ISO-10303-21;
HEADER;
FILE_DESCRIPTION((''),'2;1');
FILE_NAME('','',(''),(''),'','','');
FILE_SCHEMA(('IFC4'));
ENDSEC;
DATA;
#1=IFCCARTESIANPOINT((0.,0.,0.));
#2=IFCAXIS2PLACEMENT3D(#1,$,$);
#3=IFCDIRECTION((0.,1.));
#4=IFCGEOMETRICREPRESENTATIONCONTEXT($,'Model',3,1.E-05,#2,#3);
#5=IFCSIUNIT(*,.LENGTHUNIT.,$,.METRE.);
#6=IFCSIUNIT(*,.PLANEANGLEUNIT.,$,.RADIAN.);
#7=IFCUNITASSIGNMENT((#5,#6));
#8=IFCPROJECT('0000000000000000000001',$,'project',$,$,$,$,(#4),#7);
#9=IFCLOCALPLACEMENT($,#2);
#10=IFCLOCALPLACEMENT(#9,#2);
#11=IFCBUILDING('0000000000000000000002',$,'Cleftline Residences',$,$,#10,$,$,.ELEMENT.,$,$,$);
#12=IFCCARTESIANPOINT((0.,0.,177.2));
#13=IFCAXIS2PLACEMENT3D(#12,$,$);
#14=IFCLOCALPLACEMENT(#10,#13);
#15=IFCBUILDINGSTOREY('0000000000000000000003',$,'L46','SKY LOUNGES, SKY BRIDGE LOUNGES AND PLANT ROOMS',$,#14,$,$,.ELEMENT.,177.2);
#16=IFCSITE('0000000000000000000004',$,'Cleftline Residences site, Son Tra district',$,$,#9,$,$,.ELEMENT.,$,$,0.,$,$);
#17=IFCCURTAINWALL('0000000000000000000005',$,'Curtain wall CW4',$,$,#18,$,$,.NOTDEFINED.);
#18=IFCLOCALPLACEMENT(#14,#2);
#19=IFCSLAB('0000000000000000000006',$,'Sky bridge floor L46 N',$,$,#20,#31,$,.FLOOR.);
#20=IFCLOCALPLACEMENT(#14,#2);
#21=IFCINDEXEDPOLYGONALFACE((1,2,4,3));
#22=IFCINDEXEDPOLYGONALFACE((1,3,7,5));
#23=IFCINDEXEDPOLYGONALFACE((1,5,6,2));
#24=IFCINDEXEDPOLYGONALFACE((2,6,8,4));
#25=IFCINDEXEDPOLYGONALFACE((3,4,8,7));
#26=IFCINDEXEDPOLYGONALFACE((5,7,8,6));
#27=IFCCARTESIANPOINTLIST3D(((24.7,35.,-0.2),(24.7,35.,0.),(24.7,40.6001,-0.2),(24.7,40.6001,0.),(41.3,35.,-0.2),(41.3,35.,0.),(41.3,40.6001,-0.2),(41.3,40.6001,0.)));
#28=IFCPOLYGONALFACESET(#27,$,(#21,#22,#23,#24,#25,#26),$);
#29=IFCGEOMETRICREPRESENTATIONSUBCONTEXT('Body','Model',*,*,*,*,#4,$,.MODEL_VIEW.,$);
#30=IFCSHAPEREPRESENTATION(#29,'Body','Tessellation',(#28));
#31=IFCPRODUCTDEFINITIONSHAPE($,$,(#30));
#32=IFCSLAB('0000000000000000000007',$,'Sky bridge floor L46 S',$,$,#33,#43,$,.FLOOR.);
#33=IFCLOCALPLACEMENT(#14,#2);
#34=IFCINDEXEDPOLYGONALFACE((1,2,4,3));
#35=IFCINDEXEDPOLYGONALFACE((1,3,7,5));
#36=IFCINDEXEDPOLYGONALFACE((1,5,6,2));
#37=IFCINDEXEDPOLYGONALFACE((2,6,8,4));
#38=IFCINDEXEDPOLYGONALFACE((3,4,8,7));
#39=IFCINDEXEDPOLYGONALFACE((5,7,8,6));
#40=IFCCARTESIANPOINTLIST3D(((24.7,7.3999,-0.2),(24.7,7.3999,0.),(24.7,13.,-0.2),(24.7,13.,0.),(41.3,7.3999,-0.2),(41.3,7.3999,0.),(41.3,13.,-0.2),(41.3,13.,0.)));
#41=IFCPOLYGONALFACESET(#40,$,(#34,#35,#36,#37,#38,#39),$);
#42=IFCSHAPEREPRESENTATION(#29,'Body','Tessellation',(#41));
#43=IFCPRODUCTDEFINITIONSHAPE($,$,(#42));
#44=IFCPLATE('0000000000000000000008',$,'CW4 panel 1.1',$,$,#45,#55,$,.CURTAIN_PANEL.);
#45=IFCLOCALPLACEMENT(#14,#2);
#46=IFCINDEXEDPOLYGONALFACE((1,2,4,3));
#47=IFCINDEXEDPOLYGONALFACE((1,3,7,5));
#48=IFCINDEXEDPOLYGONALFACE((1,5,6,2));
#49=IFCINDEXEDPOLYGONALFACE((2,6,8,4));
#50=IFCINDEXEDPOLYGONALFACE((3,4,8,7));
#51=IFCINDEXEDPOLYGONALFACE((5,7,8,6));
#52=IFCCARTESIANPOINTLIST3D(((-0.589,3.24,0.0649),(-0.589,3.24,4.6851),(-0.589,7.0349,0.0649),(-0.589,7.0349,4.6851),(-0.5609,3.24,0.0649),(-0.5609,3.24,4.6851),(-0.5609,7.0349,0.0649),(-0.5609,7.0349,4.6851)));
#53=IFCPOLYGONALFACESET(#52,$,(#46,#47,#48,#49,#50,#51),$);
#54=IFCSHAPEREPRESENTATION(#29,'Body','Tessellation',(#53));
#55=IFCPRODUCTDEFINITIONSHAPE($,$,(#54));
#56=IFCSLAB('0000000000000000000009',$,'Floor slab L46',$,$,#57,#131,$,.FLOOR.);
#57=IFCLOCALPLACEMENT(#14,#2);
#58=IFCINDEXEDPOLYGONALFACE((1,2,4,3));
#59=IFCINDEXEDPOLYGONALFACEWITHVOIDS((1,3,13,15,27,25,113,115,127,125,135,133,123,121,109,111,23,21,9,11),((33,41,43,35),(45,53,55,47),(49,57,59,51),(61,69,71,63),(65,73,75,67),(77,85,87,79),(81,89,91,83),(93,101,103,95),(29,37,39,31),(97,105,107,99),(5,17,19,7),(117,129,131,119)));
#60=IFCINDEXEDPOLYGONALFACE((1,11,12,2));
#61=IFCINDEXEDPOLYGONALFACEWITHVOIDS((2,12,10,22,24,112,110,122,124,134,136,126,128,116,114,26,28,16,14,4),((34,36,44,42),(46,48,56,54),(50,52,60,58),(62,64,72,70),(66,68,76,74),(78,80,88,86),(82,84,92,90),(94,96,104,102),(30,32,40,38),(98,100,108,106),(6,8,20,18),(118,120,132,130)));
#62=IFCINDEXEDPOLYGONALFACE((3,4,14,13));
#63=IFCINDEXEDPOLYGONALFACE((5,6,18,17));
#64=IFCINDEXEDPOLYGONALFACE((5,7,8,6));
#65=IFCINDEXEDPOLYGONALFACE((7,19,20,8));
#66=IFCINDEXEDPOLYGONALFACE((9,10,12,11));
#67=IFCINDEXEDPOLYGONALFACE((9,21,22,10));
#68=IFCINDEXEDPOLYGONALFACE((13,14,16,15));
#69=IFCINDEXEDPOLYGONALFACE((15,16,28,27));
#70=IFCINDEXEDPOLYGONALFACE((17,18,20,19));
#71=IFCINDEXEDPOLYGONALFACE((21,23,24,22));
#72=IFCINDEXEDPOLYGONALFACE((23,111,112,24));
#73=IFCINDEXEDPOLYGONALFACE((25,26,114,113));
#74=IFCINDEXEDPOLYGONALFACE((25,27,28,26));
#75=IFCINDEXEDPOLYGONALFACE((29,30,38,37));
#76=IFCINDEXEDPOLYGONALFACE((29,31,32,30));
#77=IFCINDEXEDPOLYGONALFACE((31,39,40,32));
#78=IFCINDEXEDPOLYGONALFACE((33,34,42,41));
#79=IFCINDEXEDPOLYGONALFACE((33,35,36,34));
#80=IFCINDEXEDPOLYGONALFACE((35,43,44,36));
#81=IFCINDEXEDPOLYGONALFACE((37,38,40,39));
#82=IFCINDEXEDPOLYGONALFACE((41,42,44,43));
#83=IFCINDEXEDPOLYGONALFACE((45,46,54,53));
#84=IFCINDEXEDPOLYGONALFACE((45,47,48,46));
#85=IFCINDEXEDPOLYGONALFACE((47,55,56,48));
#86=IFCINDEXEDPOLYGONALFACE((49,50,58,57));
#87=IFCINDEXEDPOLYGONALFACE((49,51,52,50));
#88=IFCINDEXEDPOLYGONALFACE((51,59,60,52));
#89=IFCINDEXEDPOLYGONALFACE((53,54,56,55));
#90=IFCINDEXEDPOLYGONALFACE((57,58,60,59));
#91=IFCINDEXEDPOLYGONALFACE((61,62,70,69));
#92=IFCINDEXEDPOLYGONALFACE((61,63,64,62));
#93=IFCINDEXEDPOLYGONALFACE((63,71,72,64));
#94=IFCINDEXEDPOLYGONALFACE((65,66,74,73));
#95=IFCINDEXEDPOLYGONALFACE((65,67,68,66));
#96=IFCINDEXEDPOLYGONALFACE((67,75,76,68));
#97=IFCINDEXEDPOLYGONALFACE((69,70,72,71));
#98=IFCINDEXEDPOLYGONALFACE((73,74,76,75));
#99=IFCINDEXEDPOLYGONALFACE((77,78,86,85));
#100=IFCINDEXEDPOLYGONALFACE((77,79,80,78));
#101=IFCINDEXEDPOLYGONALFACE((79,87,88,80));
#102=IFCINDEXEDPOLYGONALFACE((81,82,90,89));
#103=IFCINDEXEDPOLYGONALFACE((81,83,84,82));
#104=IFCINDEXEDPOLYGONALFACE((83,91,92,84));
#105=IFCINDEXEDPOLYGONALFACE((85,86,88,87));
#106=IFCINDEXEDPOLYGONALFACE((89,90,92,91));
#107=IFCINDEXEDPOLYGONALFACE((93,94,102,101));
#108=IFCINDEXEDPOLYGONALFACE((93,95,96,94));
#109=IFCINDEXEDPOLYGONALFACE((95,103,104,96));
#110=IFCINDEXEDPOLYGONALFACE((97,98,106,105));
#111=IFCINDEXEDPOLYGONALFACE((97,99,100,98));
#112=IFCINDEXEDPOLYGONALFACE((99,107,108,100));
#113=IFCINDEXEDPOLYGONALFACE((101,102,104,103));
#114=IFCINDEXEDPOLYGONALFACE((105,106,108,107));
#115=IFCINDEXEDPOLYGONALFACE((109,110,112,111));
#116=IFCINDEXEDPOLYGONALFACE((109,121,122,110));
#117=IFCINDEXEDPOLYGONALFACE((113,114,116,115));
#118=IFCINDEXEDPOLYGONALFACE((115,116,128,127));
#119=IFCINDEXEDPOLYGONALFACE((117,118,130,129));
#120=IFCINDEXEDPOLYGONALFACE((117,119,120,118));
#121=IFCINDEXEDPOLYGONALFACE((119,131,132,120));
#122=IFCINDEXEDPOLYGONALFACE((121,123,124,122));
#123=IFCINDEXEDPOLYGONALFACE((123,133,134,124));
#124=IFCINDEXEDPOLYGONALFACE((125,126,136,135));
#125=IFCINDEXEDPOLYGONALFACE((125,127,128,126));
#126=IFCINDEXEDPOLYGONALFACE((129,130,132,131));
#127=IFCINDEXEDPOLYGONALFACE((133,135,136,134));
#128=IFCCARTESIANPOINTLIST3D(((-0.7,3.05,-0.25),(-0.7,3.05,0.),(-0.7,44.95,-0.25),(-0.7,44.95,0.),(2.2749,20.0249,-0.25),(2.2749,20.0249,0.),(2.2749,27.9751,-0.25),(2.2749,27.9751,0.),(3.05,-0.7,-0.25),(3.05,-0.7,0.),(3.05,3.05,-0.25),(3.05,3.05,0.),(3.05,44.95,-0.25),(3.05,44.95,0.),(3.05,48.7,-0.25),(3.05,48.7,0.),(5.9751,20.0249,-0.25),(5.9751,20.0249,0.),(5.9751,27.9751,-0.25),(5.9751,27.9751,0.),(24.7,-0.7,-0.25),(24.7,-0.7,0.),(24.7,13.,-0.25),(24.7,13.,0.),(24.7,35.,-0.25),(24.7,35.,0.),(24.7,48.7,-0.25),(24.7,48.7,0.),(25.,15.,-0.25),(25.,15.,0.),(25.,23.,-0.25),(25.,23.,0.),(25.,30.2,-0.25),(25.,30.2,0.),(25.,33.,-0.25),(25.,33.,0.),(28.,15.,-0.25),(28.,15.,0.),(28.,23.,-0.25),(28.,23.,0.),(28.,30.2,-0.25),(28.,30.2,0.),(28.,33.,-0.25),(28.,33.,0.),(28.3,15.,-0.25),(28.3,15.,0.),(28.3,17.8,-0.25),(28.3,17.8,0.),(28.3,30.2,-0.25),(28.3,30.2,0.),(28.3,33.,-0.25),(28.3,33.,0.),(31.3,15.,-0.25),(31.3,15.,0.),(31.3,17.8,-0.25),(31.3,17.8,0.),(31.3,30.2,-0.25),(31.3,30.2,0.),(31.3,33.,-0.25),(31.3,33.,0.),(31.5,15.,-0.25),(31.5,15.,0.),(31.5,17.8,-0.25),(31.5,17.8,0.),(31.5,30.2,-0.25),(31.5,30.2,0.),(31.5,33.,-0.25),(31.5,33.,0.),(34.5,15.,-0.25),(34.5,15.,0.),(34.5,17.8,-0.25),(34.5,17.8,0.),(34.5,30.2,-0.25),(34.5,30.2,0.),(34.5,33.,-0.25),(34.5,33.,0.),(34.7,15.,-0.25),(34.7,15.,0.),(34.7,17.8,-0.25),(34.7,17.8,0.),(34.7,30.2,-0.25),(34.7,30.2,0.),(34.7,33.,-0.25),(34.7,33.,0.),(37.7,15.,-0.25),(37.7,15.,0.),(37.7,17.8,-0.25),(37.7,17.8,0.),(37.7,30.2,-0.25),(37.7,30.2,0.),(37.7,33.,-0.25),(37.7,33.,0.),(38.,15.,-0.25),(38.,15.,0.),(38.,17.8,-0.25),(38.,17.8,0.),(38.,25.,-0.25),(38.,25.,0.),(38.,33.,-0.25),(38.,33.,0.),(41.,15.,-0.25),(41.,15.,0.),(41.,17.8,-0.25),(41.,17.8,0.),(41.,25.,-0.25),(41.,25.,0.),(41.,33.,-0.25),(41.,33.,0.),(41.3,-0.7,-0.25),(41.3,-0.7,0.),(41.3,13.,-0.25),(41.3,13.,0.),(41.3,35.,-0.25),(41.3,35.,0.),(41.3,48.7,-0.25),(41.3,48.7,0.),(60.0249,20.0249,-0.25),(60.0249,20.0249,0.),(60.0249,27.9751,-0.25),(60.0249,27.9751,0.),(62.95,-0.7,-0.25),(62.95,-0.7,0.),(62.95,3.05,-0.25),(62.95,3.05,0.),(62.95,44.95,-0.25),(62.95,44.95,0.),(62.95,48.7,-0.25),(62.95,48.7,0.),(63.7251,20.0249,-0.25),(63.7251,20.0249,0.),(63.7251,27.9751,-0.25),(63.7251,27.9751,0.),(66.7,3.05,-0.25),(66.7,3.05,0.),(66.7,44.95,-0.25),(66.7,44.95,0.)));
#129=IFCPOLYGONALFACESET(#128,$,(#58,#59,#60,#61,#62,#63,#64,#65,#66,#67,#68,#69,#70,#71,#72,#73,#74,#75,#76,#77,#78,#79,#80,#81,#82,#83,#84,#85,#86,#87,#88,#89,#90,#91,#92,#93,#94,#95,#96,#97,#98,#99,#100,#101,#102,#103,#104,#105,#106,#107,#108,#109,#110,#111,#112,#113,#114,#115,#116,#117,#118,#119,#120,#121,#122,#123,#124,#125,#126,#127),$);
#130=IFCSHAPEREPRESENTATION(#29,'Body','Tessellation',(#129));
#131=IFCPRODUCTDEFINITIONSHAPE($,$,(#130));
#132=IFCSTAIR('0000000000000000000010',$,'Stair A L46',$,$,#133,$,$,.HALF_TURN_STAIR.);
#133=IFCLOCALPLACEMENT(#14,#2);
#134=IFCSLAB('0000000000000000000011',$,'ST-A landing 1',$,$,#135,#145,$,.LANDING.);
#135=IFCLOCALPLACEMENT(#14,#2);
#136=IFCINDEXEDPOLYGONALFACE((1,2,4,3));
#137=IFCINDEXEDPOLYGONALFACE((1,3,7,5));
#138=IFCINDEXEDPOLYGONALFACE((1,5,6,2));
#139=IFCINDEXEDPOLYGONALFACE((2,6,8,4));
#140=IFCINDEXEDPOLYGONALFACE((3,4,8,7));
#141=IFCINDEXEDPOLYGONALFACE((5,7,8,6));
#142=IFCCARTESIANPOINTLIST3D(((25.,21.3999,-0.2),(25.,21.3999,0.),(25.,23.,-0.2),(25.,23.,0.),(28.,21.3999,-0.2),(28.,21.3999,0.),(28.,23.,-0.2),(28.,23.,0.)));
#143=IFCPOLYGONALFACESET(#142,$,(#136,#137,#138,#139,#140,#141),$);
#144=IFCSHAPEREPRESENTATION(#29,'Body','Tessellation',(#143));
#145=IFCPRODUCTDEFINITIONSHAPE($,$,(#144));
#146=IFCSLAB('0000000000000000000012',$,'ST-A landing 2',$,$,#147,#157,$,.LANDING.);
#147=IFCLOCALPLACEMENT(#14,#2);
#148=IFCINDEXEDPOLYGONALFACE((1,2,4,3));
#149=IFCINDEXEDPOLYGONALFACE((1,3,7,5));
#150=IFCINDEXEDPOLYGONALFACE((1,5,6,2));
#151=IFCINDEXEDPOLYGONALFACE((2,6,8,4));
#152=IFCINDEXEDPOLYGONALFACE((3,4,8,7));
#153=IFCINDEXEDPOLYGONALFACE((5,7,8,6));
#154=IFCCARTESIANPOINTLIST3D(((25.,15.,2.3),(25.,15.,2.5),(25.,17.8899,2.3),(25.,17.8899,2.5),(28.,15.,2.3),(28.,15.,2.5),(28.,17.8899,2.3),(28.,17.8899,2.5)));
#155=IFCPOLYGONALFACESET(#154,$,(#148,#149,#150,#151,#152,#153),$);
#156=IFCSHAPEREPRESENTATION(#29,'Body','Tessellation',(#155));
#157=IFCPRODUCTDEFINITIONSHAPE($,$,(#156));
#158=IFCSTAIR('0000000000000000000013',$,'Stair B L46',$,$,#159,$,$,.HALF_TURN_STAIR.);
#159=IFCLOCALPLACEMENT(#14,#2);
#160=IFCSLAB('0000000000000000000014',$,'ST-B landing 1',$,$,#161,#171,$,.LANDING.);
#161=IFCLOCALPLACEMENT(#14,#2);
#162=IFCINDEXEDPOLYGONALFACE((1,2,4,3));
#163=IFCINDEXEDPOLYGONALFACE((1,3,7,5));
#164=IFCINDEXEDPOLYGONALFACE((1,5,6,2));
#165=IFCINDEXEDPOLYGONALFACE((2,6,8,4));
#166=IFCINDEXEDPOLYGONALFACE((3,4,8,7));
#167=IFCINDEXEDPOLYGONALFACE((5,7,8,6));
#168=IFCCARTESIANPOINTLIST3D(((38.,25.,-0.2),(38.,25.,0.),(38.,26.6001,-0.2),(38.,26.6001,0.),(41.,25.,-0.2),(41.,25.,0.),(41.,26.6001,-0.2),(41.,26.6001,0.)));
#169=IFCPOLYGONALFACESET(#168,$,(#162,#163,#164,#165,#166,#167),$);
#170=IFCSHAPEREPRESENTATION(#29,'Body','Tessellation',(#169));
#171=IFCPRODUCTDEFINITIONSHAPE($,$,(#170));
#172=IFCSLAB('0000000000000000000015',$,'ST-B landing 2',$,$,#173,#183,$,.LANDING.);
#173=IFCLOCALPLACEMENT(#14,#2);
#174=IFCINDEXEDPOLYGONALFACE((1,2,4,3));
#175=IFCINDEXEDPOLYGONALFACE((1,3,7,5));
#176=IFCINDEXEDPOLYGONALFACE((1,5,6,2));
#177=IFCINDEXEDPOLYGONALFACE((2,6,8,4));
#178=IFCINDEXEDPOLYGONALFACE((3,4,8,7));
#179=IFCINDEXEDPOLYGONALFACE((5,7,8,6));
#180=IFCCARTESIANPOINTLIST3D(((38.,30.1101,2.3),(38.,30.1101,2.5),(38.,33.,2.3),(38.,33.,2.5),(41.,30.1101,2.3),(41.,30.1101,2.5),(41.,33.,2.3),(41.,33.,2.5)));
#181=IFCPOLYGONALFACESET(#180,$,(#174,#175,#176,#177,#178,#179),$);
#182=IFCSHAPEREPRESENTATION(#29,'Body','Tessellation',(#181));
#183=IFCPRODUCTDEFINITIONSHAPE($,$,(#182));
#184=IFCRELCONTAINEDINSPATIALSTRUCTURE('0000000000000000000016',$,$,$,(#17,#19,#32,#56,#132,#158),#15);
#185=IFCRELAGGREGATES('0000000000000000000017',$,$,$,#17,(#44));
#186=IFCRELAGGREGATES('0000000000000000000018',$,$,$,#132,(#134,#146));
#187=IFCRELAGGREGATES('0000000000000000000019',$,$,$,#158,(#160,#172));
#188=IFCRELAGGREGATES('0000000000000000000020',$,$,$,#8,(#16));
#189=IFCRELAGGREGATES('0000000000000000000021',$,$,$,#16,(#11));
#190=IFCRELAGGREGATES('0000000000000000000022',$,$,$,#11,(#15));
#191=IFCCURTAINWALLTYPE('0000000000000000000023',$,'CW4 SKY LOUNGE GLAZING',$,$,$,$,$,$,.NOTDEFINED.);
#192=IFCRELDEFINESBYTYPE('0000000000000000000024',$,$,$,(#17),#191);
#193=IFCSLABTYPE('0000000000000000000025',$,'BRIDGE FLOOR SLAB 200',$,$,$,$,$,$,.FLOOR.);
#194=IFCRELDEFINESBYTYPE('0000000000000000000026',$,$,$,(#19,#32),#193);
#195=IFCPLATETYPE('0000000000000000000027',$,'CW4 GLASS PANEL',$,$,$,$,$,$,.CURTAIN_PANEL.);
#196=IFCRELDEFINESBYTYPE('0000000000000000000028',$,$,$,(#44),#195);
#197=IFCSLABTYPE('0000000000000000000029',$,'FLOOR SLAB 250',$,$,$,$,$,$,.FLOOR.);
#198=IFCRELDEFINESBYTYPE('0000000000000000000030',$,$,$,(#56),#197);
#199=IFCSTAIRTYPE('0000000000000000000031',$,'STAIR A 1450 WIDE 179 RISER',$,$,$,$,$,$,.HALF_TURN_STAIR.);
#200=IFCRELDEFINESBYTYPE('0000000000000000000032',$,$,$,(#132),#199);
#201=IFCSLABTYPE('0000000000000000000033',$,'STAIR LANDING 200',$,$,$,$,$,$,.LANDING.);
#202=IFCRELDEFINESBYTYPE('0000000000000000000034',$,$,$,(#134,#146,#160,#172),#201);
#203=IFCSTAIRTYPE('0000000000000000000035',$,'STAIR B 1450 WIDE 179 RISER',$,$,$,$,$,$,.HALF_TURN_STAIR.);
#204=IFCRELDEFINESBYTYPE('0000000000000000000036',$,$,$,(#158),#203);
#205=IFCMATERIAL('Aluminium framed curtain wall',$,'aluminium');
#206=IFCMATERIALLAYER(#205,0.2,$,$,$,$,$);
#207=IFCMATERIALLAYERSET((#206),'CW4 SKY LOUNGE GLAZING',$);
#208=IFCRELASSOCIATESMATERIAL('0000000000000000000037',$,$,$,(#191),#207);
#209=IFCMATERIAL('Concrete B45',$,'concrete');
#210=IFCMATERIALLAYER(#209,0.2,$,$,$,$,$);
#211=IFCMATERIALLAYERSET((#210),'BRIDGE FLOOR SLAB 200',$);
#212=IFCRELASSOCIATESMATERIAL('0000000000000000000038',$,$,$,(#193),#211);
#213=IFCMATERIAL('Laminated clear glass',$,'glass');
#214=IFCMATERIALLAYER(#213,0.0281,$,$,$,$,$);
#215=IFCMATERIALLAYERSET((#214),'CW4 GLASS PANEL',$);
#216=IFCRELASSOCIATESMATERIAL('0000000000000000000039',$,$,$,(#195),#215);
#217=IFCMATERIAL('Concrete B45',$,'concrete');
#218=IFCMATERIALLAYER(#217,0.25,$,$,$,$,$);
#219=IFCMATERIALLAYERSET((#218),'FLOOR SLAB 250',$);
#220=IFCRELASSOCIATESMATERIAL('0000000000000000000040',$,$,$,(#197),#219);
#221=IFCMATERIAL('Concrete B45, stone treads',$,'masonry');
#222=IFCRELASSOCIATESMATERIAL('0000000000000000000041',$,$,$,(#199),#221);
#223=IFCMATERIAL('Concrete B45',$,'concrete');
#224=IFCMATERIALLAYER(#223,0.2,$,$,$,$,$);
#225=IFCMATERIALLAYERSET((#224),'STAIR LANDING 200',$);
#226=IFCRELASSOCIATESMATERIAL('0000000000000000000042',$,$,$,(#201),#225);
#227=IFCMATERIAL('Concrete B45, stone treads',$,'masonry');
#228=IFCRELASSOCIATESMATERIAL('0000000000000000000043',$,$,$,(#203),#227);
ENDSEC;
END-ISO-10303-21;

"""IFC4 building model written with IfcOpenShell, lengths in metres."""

from ifc_helpers import new_model, si_unit, direction, frame, origin, origin_2d, place, context, subcontext, project, spatial, polyline, rectangle, outline, extrude, material, layer, layer_set, type_object, element, aggregate, save


model = new_model("IFC4")

# Units and contexts
model_context = context("Model", 3, precision=1e-05, world=origin(), true_north=direction((0.0, 1.0)))
body_context = subcontext(model_context, "Body", "Model", "MODEL_VIEW")
ifc_project = project(units=[si_unit("LENGTHUNIT", "METRE"), si_unit("PLANEANGLEUNIT", "RADIAN")], contexts=[model_context])

# Site, building, storey
site_placement = place(None, origin())
site = spatial("IfcSite", under=ifc_project, at=site_placement, Name="Cleftline Residences site, Son Tra district", CompositionType="ELEMENT", RefElevation=0.0)
building_placement = place(site_placement, origin())
building = spatial("IfcBuilding", under=site, at=building_placement, Name="Cleftline Residences", CompositionType="ELEMENT")
storey_placement = place(building_placement, frame((0.0, 0.0, 177.2)))
storey = spatial("IfcBuildingStorey", under=building, at=storey_placement, Name="L46", Description="SKY LOUNGES, SKY BRIDGE LOUNGES AND PLANT ROOMS", CompositionType="ELEMENT", Elevation=177.2)

# Curtain wall
ifc_material_1 = material(Name="Aluminium framed curtain wall", Category="aluminium")
ifc_layer_1 = layer(ifc_material_1, 0.2)
ifc_layer_set_1 = layer_set([ifc_layer_1], Name="CW4 SKY LOUNGE GLAZING")
curtain_wall_type = type_object("IfcCurtainWallType", Name="CW4 SKY LOUNGE GLAZING", PredefinedType="NOTDEFINED", material=ifc_layer_set_1)
curtain_wall_placement = place(storey_placement, origin())
curtain_wall = element("IfcCurtainWall", 1, at=curtain_wall_placement, inside=storey, type_object=curtain_wall_type, Name="Curtain wall CW4", PredefinedType="NOTDEFINED")

# Slabs
ifc_material_2 = material(Name="Concrete B45", Category="concrete")
ifc_layer_2 = layer(ifc_material_2, 0.2)
ifc_layer_set_2 = layer_set([ifc_layer_2], Name="BRIDGE FLOOR SLAB 200")
slab_type_1 = type_object("IfcSlabType", Name="BRIDGE FLOOR SLAB 200", PredefinedType="FLOOR", material=ifc_layer_set_2)
slab_1_placement = place(storey_placement, frame((0.0, 0.0, -0.2)))
element("IfcSlab", 2, at=slab_1_placement, inside=storey, type_object=slab_type_1, Name="Sky bridge floor L46 N", PredefinedType="FLOOR", context=body_context, shape_type="SweptSolid", body=[
    extrude(outline(polyline([(41.3, 35.0), (41.3, 40.6001), (24.7, 40.6001), (24.7, 35.0), (41.3, 35.0)])), origin(), (0.0, 0.0, 1.0), 0.2),
])
slab_2_placement = place(storey_placement, frame((0.0, 0.0, -0.2)))
element("IfcSlab", 3, at=slab_2_placement, inside=storey, type_object=slab_type_1, Name="Sky bridge floor L46 S", PredefinedType="FLOOR", context=body_context, shape_type="SweptSolid", body=[
    extrude(outline(polyline([(41.3, 7.3999), (41.3, 13.0), (24.7, 13.0), (24.7, 7.3999), (41.3, 7.3999)])), origin(), (0.0, 0.0, 1.0), 0.2),
])

# Plate
ifc_material_3 = material(Name="Laminated clear glass", Category="glass")
ifc_layer_3 = layer(ifc_material_3, 0.0281)
ifc_layer_set_3 = layer_set([ifc_layer_3], Name="CW4 GLASS PANEL")
plate_type = type_object("IfcPlateType", Name="CW4 GLASS PANEL", PredefinedType="CURTAIN_PANEL", material=ifc_layer_set_3)
plate_placement = place(storey_placement, frame((-0.575, 5.1375, 0.0649), z_axis=(0.0, 0.0, 1.0), x_axis=(0.0, -1.0, 0.0)))
plate = element("IfcPlate", 4, at=plate_placement, type_object=plate_type, Name="CW4 panel 1.1", PredefinedType="CURTAIN_PANEL", context=body_context, shape_type="SweptSolid", body=[
    extrude(rectangle(XDim=3.7949, YDim=0.0281, at=origin_2d()), origin(), (0.0, 0.0, 1.0), 4.6201),
])
aggregate(curtain_wall, [plate])

# Slab
ifc_material_4 = material(Name="Concrete B45", Category="concrete")
ifc_layer_4 = layer(ifc_material_4, 0.25)
ifc_layer_set_4 = layer_set([ifc_layer_4], Name="FLOOR SLAB 250")
slab_type_2 = type_object("IfcSlabType", Name="FLOOR SLAB 250", PredefinedType="FLOOR", material=ifc_layer_set_4)
slab_3_placement = place(storey_placement, frame((0.0, 0.0, -0.25)))
element("IfcSlab", 5, at=slab_3_placement, inside=storey, type_object=slab_type_2, Name="Floor slab L46", PredefinedType="FLOOR", context=body_context, shape_type="SweptSolid", body=[
    extrude(outline(polyline([(24.7, 13.0), (41.3, 13.0), (41.3, -0.7), (62.95, -0.7), (62.95, 3.05), (66.7, 3.05), (66.7, 44.95), (62.95, 44.95), (62.95, 48.7), (41.3, 48.7), (41.3, 35.0), (24.7, 35.0), (24.7, 48.7), (3.05, 48.7), (3.05, 44.95), (-0.7, 44.95), (-0.7, 3.05), (3.05, 3.05), (3.05, -0.7), (24.7, -0.7), (24.7, 13.0)]), holes=[polyline([(28.0, 15.0), (28.0, 23.0), (25.0, 23.0), (25.0, 15.0), (28.0, 15.0)]), polyline([(41.0, 25.0), (41.0, 33.0), (38.0, 33.0), (38.0, 25.0), (41.0, 25.0)]), polyline([(28.0, 30.2), (28.0, 33.0), (25.0, 33.0), (25.0, 30.2), (28.0, 30.2)]), polyline([(41.0, 15.0), (41.0, 17.8), (38.0, 17.8), (38.0, 15.0), (41.0, 15.0)]), polyline([(31.3, 15.0), (31.3, 17.8), (28.3, 17.8), (28.3, 15.0), (31.3, 15.0)]), polyline([(34.5, 15.0), (34.5, 17.8), (31.5, 17.8), (31.5, 15.0), (34.5, 15.0)]), polyline([(37.7, 15.0), (37.7, 17.8), (34.7, 17.8), (34.7, 15.0), (37.7, 15.0)]), polyline([(31.3, 30.2), (31.3, 33.0), (28.3, 33.0), (28.3, 30.2), (31.3, 30.2)]), polyline([(34.5, 30.2), (34.5, 33.0), (31.5, 33.0), (31.5, 30.2), (34.5, 30.2)]), polyline([(37.7, 30.2), (37.7, 33.0), (34.7, 33.0), (34.7, 30.2), (37.7, 30.2)]), polyline([(63.7251, 20.0249), (63.7251, 27.9751), (60.0249, 27.9751), (60.0249, 20.0249), (63.7251, 20.0249)]), polyline([(5.9751, 20.0249), (5.9751, 27.9751), (2.2749, 27.9751), (2.2749, 20.0249), (5.9751, 20.0249)])]), origin(), (0.0, 0.0, 1.0), 0.25),
])

# Stairs, slabs
ifc_material_5 = material(Name="Concrete B45, stone treads", Category="masonry")
stair_type_1 = type_object("IfcStairType", Name="STAIR A 1450 WIDE 179 RISER", PredefinedType="HALF_TURN_STAIR", material=ifc_material_5)
stair_1_placement = place(storey_placement, origin())
stair_1 = element("IfcStair", 6, at=stair_1_placement, inside=storey, type_object=stair_type_1, Name="Stair A L46", PredefinedType="HALF_TURN_STAIR")
ifc_material_6 = material(Name="Concrete B45", Category="concrete")
ifc_layer_5 = layer(ifc_material_6, 0.2)
ifc_layer_set_5 = layer_set([ifc_layer_5], Name="STAIR LANDING 200")
slab_type_3 = type_object("IfcSlabType", Name="STAIR LANDING 200", PredefinedType="LANDING", material=ifc_layer_set_5)
slab_4_placement = place(storey_placement, frame((0.0, 0.0, -0.2)))
slab_4 = element("IfcSlab", 7, at=slab_4_placement, type_object=slab_type_3, Name="ST-A landing 1", PredefinedType="LANDING", context=body_context, shape_type="SweptSolid", body=[
    extrude(outline(polyline([(25.0, 21.3999), (28.0, 21.3999), (28.0, 23.0), (25.0, 23.0), (25.0, 21.3999)])), origin(), (0.0, 0.0, 1.0), 0.2),
])
slab_5_placement = place(storey_placement, frame((0.0, 0.0, 2.3)))
slab_5 = element("IfcSlab", 8, at=slab_5_placement, type_object=slab_type_3, Name="ST-A landing 2", PredefinedType="LANDING", context=body_context, shape_type="SweptSolid", body=[
    extrude(outline(polyline([(25.0, 15.0), (28.0, 15.0), (28.0, 17.8899), (25.0, 17.8899), (25.0, 15.0)])), origin(), (0.0, 0.0, 1.0), 0.2),
])
aggregate(stair_1, [slab_4, slab_5])
ifc_material_7 = material(Name="Concrete B45, stone treads", Category="masonry")
stair_type_2 = type_object("IfcStairType", Name="STAIR B 1450 WIDE 179 RISER", PredefinedType="HALF_TURN_STAIR", material=ifc_material_7)
stair_2_placement = place(storey_placement, origin())
stair_2 = element("IfcStair", 9, at=stair_2_placement, inside=storey, type_object=stair_type_2, Name="Stair B L46", PredefinedType="HALF_TURN_STAIR")
slab_6_placement = place(storey_placement, frame((0.0, 0.0, -0.2)))
slab_6 = element("IfcSlab", 10, at=slab_6_placement, type_object=slab_type_3, Name="ST-B landing 1", PredefinedType="LANDING", context=body_context, shape_type="SweptSolid", body=[
    extrude(outline(polyline([(38.0, 25.0), (41.0, 25.0), (41.0, 26.6001), (38.0, 26.6001), (38.0, 25.0)])), origin(), (0.0, 0.0, 1.0), 0.2),
])
slab_7_placement = place(storey_placement, frame((0.0, 0.0, 2.3)))
slab_7 = element("IfcSlab", 11, at=slab_7_placement, type_object=slab_type_3, Name="ST-B landing 2", PredefinedType="LANDING", context=body_context, shape_type="SweptSolid", body=[
    extrude(outline(polyline([(38.0, 30.1101), (41.0, 30.1101), (41.0, 33.0), (38.0, 33.0), (38.0, 30.1101)])), origin(), (0.0, 0.0, 1.0), 0.2),
])
aggregate(stair_2, [slab_6, slab_7])

save(model, "model.ifc")
